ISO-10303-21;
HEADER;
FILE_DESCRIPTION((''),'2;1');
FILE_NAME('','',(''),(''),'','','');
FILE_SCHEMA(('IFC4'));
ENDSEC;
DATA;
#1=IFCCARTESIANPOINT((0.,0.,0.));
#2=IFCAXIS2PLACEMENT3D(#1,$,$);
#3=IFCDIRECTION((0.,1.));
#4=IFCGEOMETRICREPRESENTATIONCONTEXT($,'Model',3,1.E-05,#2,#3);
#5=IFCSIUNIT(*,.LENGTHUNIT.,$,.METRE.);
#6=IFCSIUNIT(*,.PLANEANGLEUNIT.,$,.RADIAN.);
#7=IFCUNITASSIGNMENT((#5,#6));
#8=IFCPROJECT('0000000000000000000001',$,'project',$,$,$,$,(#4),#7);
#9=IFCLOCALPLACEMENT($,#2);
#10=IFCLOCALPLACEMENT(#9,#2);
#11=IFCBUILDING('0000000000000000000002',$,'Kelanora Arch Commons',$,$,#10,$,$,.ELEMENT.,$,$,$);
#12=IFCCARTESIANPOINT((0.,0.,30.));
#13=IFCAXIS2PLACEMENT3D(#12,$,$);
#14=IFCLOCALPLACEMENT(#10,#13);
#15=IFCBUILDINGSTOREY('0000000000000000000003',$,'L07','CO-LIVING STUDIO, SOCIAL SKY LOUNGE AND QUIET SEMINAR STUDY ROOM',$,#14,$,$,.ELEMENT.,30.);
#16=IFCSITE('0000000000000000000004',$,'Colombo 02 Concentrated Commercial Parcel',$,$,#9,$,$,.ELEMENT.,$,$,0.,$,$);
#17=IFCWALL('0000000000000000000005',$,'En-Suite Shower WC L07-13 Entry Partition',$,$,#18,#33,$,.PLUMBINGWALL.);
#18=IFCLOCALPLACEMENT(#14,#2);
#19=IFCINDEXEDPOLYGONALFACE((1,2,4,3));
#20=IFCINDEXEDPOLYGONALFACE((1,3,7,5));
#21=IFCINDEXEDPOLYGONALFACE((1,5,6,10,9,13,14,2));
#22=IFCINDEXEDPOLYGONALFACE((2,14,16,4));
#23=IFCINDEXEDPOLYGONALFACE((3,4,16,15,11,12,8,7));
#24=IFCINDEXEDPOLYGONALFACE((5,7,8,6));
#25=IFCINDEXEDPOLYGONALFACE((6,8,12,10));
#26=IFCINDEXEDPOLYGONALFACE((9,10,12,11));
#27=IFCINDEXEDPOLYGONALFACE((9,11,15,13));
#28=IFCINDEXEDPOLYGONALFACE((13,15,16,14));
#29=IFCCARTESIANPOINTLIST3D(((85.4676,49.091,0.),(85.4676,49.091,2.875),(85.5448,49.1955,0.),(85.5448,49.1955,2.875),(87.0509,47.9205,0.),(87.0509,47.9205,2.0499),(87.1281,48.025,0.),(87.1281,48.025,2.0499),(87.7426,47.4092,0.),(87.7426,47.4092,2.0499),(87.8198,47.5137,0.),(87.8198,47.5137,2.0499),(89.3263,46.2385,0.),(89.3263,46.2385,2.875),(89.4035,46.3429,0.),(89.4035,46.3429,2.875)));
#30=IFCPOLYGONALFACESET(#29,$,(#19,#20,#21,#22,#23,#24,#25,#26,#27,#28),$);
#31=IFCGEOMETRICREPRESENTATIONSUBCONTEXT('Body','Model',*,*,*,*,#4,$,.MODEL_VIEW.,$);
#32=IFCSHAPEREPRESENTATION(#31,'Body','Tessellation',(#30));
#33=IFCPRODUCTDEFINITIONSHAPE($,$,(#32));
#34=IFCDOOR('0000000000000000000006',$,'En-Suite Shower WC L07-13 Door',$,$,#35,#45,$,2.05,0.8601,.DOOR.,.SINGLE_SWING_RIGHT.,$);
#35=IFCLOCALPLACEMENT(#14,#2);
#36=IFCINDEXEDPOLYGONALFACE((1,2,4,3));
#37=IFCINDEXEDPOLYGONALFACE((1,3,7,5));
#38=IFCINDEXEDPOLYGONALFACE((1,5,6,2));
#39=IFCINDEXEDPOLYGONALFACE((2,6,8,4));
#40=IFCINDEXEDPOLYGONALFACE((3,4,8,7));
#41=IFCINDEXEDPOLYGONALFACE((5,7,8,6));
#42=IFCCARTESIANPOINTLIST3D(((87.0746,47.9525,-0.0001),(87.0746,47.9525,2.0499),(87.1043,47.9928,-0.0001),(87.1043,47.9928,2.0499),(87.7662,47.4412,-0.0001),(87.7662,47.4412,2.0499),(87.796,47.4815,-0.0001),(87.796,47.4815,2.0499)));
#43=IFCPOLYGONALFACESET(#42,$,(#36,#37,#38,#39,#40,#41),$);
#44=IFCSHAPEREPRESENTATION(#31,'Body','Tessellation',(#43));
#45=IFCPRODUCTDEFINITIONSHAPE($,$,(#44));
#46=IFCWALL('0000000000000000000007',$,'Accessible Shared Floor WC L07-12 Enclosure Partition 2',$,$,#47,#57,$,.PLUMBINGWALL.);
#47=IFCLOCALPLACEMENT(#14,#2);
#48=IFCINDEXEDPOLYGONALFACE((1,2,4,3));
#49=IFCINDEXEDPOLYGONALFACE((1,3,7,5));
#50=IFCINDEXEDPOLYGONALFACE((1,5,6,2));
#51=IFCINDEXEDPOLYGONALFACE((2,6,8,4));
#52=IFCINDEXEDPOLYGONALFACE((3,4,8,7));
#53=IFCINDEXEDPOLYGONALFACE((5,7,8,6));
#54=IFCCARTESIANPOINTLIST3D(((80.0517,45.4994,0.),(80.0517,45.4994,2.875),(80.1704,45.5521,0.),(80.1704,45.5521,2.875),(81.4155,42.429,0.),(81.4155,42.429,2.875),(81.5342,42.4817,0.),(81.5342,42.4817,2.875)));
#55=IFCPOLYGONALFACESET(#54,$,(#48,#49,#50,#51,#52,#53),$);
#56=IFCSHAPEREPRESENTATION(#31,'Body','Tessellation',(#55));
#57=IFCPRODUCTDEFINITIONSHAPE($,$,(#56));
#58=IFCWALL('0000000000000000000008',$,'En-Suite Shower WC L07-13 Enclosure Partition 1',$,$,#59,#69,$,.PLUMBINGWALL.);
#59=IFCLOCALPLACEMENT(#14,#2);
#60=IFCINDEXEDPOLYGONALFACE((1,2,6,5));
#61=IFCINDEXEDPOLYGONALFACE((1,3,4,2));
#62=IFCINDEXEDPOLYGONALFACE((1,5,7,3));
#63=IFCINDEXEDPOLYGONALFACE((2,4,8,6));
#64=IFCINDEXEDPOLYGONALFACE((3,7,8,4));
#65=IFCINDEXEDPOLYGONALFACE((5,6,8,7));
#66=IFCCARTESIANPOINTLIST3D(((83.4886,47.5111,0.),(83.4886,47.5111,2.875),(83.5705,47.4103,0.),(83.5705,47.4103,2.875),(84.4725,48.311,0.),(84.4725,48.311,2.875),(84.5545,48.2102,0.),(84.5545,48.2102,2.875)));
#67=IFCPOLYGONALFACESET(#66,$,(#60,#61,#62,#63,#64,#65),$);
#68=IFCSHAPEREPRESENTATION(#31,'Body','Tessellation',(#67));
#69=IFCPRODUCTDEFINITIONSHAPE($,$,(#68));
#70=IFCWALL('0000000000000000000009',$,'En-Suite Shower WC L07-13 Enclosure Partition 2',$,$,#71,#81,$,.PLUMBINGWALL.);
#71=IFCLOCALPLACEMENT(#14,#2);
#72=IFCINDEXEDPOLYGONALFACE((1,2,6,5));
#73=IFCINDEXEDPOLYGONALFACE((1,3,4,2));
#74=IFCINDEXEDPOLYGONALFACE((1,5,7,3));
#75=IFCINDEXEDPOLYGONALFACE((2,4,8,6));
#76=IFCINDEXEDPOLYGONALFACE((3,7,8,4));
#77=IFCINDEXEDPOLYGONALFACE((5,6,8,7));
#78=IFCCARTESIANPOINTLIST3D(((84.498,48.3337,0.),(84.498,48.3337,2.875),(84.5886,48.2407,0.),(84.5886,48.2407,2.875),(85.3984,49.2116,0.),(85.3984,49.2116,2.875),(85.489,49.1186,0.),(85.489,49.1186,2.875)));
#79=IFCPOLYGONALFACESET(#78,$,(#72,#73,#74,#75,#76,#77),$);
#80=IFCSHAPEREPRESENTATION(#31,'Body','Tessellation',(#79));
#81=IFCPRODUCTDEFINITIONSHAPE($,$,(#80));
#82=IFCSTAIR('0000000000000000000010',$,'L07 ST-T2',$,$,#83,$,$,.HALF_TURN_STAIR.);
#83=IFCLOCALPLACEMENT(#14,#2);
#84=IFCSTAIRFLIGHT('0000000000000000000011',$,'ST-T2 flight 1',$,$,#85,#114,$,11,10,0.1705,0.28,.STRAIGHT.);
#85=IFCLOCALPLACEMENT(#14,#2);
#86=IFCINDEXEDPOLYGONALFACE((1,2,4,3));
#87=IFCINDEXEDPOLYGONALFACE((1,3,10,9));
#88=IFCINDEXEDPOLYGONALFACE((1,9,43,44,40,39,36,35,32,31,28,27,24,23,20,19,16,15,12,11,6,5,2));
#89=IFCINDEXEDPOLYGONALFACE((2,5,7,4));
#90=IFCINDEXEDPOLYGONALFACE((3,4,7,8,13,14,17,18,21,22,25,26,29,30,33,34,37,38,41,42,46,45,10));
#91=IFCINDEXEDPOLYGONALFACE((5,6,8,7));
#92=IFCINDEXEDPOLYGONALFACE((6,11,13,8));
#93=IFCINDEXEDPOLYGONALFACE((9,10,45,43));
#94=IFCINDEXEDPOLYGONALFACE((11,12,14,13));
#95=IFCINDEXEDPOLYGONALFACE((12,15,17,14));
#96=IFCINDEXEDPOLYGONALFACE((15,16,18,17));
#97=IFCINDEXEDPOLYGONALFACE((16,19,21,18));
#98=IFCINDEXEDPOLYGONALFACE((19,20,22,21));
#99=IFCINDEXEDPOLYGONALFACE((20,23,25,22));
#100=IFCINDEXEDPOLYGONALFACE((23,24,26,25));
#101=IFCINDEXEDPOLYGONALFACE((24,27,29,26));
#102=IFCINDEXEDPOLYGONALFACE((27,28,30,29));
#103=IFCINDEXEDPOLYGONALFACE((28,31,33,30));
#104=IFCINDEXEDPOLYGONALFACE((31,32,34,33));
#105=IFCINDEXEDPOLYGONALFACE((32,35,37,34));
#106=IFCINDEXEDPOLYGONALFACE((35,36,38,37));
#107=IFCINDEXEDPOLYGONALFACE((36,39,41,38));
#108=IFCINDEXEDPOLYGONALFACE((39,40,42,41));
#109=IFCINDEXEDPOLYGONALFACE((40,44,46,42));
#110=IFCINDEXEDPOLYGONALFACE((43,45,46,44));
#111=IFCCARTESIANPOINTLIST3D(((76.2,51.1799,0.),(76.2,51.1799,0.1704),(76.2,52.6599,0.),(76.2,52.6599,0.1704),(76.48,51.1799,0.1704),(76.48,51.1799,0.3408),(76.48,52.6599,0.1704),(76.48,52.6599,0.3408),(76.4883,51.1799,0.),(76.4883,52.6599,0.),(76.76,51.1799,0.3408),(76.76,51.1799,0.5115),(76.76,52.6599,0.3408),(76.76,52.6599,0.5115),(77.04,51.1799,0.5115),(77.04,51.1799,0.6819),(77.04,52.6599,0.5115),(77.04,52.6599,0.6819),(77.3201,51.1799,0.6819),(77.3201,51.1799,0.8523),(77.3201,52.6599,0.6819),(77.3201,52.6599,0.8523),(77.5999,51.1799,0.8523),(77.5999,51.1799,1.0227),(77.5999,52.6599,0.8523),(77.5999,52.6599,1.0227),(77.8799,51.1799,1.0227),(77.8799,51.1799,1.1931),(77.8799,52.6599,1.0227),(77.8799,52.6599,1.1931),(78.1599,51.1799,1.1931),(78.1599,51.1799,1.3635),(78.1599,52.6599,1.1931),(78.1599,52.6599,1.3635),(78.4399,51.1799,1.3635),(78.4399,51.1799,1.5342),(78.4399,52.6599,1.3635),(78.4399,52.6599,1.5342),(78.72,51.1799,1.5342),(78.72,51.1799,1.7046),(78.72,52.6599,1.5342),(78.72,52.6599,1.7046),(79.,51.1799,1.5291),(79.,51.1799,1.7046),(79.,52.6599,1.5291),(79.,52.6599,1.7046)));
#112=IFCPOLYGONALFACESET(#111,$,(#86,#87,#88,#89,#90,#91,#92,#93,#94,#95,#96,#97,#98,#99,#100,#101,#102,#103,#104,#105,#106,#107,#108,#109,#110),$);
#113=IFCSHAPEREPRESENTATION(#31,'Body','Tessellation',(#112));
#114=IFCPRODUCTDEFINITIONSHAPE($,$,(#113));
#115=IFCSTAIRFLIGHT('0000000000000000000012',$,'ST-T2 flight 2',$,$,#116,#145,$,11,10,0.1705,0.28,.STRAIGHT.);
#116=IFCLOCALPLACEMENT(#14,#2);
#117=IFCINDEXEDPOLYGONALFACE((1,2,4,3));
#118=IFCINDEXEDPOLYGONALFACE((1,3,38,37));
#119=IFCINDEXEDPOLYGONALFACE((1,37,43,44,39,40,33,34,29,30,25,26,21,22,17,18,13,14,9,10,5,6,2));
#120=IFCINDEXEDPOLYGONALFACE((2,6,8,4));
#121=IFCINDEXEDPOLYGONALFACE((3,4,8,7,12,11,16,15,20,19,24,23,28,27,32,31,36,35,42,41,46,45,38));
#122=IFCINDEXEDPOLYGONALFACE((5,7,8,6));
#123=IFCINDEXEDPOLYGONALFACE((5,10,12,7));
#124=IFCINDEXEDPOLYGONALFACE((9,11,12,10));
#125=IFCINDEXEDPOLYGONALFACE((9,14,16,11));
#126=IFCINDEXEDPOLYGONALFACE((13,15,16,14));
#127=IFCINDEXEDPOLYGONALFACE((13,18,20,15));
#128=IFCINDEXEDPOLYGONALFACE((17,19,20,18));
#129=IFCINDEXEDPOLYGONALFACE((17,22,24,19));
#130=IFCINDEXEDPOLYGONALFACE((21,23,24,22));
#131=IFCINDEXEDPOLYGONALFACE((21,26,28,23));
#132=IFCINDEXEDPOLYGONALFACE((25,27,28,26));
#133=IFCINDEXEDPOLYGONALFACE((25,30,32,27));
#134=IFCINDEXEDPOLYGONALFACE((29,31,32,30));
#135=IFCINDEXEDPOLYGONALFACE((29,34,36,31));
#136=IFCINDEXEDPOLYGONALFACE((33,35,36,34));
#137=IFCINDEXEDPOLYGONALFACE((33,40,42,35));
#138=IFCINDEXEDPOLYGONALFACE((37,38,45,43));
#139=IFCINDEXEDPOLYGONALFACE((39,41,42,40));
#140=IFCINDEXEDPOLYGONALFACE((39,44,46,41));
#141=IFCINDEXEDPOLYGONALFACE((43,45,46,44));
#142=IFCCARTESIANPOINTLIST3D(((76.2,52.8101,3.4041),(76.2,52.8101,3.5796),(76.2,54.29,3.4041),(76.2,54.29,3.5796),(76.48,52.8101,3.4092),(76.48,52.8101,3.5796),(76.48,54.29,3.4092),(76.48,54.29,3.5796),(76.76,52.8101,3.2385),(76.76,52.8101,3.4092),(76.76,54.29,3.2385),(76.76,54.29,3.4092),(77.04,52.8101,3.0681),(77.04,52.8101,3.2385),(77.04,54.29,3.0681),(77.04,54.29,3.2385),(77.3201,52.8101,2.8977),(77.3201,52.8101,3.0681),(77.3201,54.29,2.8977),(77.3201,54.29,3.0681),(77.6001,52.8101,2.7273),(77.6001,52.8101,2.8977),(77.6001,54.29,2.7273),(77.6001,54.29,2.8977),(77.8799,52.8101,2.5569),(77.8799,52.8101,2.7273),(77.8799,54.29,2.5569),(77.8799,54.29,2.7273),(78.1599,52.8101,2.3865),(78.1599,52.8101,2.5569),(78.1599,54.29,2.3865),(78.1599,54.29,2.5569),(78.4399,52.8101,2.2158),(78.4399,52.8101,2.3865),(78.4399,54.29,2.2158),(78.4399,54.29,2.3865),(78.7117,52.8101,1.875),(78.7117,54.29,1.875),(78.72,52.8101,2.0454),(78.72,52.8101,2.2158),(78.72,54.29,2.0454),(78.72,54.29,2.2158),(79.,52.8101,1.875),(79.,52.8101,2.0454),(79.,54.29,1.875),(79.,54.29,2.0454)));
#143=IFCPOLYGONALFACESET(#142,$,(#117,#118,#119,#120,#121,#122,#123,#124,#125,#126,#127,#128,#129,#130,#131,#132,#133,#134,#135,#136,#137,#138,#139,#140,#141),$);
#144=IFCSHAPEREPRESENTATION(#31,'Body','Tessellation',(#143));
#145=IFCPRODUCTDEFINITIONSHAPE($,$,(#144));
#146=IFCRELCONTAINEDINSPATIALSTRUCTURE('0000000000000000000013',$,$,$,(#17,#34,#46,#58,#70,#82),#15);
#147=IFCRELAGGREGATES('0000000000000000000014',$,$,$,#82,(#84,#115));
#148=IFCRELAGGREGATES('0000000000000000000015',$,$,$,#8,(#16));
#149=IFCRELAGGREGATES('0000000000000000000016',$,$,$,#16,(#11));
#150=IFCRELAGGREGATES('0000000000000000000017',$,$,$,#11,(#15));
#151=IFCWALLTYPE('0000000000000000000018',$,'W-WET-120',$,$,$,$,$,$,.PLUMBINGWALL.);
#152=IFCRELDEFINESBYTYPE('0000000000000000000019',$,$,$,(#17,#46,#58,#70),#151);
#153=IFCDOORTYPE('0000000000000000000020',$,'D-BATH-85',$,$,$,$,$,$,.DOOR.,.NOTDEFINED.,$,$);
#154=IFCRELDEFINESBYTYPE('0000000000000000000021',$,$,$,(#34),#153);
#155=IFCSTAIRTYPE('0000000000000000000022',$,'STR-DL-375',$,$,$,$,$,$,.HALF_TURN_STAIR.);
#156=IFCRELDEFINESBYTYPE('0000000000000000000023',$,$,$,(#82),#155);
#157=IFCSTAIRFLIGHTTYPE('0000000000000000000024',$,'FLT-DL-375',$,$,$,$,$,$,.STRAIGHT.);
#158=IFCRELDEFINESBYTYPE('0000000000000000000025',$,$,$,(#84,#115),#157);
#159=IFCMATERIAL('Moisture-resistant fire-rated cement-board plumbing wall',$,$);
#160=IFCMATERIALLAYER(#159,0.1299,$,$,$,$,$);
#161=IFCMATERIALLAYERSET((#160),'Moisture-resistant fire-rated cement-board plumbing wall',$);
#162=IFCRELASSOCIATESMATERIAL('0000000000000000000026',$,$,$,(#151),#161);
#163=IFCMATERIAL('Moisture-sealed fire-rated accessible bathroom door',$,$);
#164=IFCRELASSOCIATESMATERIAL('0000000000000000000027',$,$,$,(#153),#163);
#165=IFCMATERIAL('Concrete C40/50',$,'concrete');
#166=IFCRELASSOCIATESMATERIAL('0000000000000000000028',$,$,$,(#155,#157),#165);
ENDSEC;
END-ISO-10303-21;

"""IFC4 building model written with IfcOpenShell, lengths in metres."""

from ifc_helpers import new_model, si_unit, direction, frame, frame_2d, origin, place, context, subcontext, project, spatial, polyline, rectangle, outline, extrude, material, layer, layer_set, type_object, element, fill, aggregate, save


model = new_model("IFC4")

# Units and contexts
model_context = context("Model", 3, precision=1e-05, world=origin(), true_north=direction((0.0, 1.0)))
body_context = subcontext(model_context, "Body", "Model", "MODEL_VIEW")
ifc_project = project(units=[si_unit("LENGTHUNIT", "METRE"), si_unit("PLANEANGLEUNIT", "RADIAN")], contexts=[model_context])

# Site, building, storey
site_placement = place(None, origin())
site = spatial("IfcSite", under=ifc_project, at=site_placement, Name="Colombo 02 Concentrated Commercial Parcel", CompositionType="ELEMENT", RefElevation=0.0)
building_placement = place(site_placement, origin())
building = spatial("IfcBuilding", under=site, at=building_placement, Name="Kelanora Arch Commons", CompositionType="ELEMENT")
storey_placement = place(building_placement, frame((0.0, 0.0, 30.0)))
storey = spatial("IfcBuildingStorey", under=building, at=storey_placement, Name="L07", Description="CO-LIVING STUDIO, SOCIAL SKY LOUNGE AND QUIET SEMINAR STUDY ROOM", CompositionType="ELEMENT", Elevation=30.0)

# Shared definitions
ifc_material_1 = material(Name="Concrete C40/50", Category="concrete")

# Wall, opening, door
ifc_material_2 = material(Name="Moisture-resistant fire-rated cement-board plumbing wall")
ifc_layer_1 = layer(ifc_material_2, 0.1299)
ifc_layer_set_1 = layer_set([ifc_layer_1], Name="Moisture-resistant fire-rated cement-board plumbing wall")
wall_type_1 = type_object("IfcWallType", Name="W-WET-120", PredefinedType="PLUMBINGWALL", material=ifc_layer_set_1)
wall_1_placement = place(storey_placement, frame((85.5061, 49.1433, 0.0), z_axis=(0.0, 0.0, 1.0), x_axis=(0.804126, -0.594458, 0.0)))
wall_1 = element("IfcWall", 1, at=wall_1_placement, inside=storey, type_object=wall_type_1, Name="En-Suite Shower WC L07-13 Entry Partition", PredefinedType="PLUMBINGWALL", context=body_context, shape_type="SweptSolid", body=[
    extrude(rectangle(XDim=4.7986, YDim=0.1299, at=frame_2d((2.3994, 0.0))), origin(), (0.0, 0.0, 1.0), 2.875),
])
opening_1_placement = place(wall_1_placement, frame((1.969, 0.0, 0.0)))
opening_1 = element("IfcOpeningElement", 2, at=opening_1_placement, cuts=wall_1, PredefinedType="OPENING", context=body_context, shape_type="SweptSolid", body=[
    extrude(rectangle(XDim=0.8601, YDim=2.05, at=frame_2d((0.4302, 1.0249))), frame((0.0, 0.075, 0.0), z_axis=(0.0, -1.0, 0.0), x_axis=(1.0, 0.0, 0.0)), (0.0, 0.0, 1.0), 0.1499),
])
ifc_material_3 = material(Name="Moisture-sealed fire-rated accessible bathroom door")
door_type_1 = type_object("IfcDoorType", Name="D-BATH-85", OperationType="NOTDEFINED", PredefinedType="DOOR", material=ifc_material_3)
door_1_placement = place(opening_1_placement, origin())
door_1 = element("IfcDoor", 3, at=door_1_placement, inside=storey, type_object=door_type_1, Name="En-Suite Shower WC L07-13 Door", OperationType="SINGLE_SWING_RIGHT", OverallHeight=2.05, OverallWidth=0.8601, PredefinedType="DOOR", context=body_context, shape_type="SweptSolid", body=[
    extrude(rectangle(XDim=0.8601, YDim=2.05, at=frame_2d((0.4302, 1.0249))), frame((0.0, 0.0249, 0.0), z_axis=(0.0, -1.0, 0.0), x_axis=(1.0, 0.0, 0.0)), (0.0, 0.0, 1.0), 0.05),
])
fill(opening_1, door_1)

# Walls
wall_2_placement = place(storey_placement, frame((80.1111, 45.5256, 0.0), z_axis=(0.0, 0.0, 1.0), x_axis=(0.405936, -0.913901, 0.0)))
element("IfcWall", 4, at=wall_2_placement, inside=storey, type_object=wall_type_1, Name="Accessible Shared Floor WC L07-12 Enclosure Partition 2", PredefinedType="PLUMBINGWALL", context=body_context, shape_type="SweptSolid", body=[
    extrude(rectangle(XDim=3.3596, YDim=0.1299, at=frame_2d((1.6797, 0.0))), origin(), (0.0, 0.0, 1.0), 2.875),
])
wall_3_placement = place(storey_placement, frame((83.5295, 47.4607, 0.0), z_axis=(0.0, 0.0, 1.0), x_axis=(0.775961, 0.630781, 0.0)))
element("IfcWall", 5, at=wall_3_placement, inside=storey, type_object=wall_type_1, Name="En-Suite Shower WC L07-13 Enclosure Partition 1", PredefinedType="PLUMBINGWALL", context=body_context, shape_type="SweptSolid", body=[
    extrude(rectangle(XDim=1.2681, YDim=0.1299, at=frame_2d((0.634, 0.0))), origin(), (0.0, 0.0, 1.0), 2.875),
])
wall_4_placement = place(storey_placement, frame((84.5432, 48.2871, 0.0), z_axis=(0.0, 0.0, 1.0), x_axis=(0.715981, 0.69812, 0.0)))
element("IfcWall", 6, at=wall_4_placement, inside=storey, type_object=wall_type_1, Name="En-Suite Shower WC L07-13 Enclosure Partition 2", PredefinedType="PLUMBINGWALL", context=body_context, shape_type="SweptSolid", body=[
    extrude(rectangle(XDim=1.2576, YDim=0.1299, at=frame_2d((0.6289, 0.0))), origin(), (0.0, 0.0, 1.0), 2.875),
])

# Stair, stair flights
stair_type = type_object("IfcStairType", Name="STR-DL-375", PredefinedType="HALF_TURN_STAIR", material=ifc_material_1)
stair_placement = place(storey_placement, origin())
stair = element("IfcStair", 7, at=stair_placement, inside=storey, type_object=stair_type, Name="L07 ST-T2", PredefinedType="HALF_TURN_STAIR")
stair_flight_type = type_object("IfcStairFlightType", Name="FLT-DL-375", PredefinedType="STRAIGHT", material=ifc_material_1)
stair_flight_1_placement = place(storey_placement, frame((76.2, 51.9199, 0.0), z_axis=(0.0, 0.0, 1.0), x_axis=(1.0, 0.0, 0.0)))
stair_flight_1 = element("IfcStairFlight", 8, at=stair_flight_1_placement, type_object=stair_flight_type, Name="ST-T2 flight 1", NumberOfRisers=11, NumberOfTreads=10, PredefinedType="STRAIGHT", RiserHeight=0.1705, TreadLength=0.28, context=body_context, shape_type="SweptSolid", body=[
    extrude(outline(polyline([(0.0, 0.0), (0.0, 0.1704), (0.28, 0.1704), (0.28, 0.3408), (0.5601, 0.3408), (0.5601, 0.5115), (0.8401, 0.5115), (0.8401, 0.6819), (1.1201, 0.6819), (1.1201, 0.8523), (1.3999, 0.8523), (1.3999, 1.0227), (1.6799, 1.0227), (1.6799, 1.1931), (1.96, 1.1931), (1.96, 1.3635), (2.24, 1.3635), (2.24, 1.5342), (2.52, 1.5342), (2.52, 1.7046), (2.8, 1.7046), (2.8, 1.875), (2.8, 1.5291), (0.2883, 0.0), (0.0, 0.0)])), frame((0.0, 0.74, 0.0), z_axis=(0.0, -1.0, 0.0), x_axis=(1.0, 0.0, 0.0)), (0.0, 0.0, 1.0), 1.48),
])
stair_flight_2_placement = place(storey_placement, frame((79.0, 53.55, 1.875), z_axis=(0.0, 0.0, 1.0), x_axis=(-1.0, 0.0, 0.0)))
stair_flight_2 = element("IfcStairFlight", 9, at=stair_flight_2_placement, type_object=stair_flight_type, Name="ST-T2 flight 2", NumberOfRisers=11, NumberOfTreads=10, PredefinedType="STRAIGHT", RiserHeight=0.1705, TreadLength=0.28, context=body_context, shape_type="SweptSolid", body=[
    extrude(outline(polyline([(0.0, 0.0), (0.0, 0.1704), (0.28, 0.1704), (0.28, 0.3408), (0.5601, 0.3408), (0.5601, 0.5115), (0.8401, 0.5115), (0.8401, 0.6819), (1.1201, 0.6819), (1.1201, 0.8523), (1.3999, 0.8523), (1.3999, 1.0227), (1.6799, 1.0227), (1.6799, 1.1931), (1.96, 1.1931), (1.96, 1.3635), (2.24, 1.3635), (2.24, 1.5342), (2.52, 1.5342), (2.52, 1.7046), (2.8, 1.7046), (2.8, 1.875), (2.8, 1.5291), (0.2883, 0.0), (0.0, 0.0)])), frame((0.0, 0.74, 0.0), z_axis=(0.0, -1.0, 0.0), x_axis=(1.0, 0.0, 0.0)), (0.0, 0.0, 1.0), 1.48),
])
aggregate(stair, [stair_flight_1, stair_flight_2])

save(model, "model.ifc")
